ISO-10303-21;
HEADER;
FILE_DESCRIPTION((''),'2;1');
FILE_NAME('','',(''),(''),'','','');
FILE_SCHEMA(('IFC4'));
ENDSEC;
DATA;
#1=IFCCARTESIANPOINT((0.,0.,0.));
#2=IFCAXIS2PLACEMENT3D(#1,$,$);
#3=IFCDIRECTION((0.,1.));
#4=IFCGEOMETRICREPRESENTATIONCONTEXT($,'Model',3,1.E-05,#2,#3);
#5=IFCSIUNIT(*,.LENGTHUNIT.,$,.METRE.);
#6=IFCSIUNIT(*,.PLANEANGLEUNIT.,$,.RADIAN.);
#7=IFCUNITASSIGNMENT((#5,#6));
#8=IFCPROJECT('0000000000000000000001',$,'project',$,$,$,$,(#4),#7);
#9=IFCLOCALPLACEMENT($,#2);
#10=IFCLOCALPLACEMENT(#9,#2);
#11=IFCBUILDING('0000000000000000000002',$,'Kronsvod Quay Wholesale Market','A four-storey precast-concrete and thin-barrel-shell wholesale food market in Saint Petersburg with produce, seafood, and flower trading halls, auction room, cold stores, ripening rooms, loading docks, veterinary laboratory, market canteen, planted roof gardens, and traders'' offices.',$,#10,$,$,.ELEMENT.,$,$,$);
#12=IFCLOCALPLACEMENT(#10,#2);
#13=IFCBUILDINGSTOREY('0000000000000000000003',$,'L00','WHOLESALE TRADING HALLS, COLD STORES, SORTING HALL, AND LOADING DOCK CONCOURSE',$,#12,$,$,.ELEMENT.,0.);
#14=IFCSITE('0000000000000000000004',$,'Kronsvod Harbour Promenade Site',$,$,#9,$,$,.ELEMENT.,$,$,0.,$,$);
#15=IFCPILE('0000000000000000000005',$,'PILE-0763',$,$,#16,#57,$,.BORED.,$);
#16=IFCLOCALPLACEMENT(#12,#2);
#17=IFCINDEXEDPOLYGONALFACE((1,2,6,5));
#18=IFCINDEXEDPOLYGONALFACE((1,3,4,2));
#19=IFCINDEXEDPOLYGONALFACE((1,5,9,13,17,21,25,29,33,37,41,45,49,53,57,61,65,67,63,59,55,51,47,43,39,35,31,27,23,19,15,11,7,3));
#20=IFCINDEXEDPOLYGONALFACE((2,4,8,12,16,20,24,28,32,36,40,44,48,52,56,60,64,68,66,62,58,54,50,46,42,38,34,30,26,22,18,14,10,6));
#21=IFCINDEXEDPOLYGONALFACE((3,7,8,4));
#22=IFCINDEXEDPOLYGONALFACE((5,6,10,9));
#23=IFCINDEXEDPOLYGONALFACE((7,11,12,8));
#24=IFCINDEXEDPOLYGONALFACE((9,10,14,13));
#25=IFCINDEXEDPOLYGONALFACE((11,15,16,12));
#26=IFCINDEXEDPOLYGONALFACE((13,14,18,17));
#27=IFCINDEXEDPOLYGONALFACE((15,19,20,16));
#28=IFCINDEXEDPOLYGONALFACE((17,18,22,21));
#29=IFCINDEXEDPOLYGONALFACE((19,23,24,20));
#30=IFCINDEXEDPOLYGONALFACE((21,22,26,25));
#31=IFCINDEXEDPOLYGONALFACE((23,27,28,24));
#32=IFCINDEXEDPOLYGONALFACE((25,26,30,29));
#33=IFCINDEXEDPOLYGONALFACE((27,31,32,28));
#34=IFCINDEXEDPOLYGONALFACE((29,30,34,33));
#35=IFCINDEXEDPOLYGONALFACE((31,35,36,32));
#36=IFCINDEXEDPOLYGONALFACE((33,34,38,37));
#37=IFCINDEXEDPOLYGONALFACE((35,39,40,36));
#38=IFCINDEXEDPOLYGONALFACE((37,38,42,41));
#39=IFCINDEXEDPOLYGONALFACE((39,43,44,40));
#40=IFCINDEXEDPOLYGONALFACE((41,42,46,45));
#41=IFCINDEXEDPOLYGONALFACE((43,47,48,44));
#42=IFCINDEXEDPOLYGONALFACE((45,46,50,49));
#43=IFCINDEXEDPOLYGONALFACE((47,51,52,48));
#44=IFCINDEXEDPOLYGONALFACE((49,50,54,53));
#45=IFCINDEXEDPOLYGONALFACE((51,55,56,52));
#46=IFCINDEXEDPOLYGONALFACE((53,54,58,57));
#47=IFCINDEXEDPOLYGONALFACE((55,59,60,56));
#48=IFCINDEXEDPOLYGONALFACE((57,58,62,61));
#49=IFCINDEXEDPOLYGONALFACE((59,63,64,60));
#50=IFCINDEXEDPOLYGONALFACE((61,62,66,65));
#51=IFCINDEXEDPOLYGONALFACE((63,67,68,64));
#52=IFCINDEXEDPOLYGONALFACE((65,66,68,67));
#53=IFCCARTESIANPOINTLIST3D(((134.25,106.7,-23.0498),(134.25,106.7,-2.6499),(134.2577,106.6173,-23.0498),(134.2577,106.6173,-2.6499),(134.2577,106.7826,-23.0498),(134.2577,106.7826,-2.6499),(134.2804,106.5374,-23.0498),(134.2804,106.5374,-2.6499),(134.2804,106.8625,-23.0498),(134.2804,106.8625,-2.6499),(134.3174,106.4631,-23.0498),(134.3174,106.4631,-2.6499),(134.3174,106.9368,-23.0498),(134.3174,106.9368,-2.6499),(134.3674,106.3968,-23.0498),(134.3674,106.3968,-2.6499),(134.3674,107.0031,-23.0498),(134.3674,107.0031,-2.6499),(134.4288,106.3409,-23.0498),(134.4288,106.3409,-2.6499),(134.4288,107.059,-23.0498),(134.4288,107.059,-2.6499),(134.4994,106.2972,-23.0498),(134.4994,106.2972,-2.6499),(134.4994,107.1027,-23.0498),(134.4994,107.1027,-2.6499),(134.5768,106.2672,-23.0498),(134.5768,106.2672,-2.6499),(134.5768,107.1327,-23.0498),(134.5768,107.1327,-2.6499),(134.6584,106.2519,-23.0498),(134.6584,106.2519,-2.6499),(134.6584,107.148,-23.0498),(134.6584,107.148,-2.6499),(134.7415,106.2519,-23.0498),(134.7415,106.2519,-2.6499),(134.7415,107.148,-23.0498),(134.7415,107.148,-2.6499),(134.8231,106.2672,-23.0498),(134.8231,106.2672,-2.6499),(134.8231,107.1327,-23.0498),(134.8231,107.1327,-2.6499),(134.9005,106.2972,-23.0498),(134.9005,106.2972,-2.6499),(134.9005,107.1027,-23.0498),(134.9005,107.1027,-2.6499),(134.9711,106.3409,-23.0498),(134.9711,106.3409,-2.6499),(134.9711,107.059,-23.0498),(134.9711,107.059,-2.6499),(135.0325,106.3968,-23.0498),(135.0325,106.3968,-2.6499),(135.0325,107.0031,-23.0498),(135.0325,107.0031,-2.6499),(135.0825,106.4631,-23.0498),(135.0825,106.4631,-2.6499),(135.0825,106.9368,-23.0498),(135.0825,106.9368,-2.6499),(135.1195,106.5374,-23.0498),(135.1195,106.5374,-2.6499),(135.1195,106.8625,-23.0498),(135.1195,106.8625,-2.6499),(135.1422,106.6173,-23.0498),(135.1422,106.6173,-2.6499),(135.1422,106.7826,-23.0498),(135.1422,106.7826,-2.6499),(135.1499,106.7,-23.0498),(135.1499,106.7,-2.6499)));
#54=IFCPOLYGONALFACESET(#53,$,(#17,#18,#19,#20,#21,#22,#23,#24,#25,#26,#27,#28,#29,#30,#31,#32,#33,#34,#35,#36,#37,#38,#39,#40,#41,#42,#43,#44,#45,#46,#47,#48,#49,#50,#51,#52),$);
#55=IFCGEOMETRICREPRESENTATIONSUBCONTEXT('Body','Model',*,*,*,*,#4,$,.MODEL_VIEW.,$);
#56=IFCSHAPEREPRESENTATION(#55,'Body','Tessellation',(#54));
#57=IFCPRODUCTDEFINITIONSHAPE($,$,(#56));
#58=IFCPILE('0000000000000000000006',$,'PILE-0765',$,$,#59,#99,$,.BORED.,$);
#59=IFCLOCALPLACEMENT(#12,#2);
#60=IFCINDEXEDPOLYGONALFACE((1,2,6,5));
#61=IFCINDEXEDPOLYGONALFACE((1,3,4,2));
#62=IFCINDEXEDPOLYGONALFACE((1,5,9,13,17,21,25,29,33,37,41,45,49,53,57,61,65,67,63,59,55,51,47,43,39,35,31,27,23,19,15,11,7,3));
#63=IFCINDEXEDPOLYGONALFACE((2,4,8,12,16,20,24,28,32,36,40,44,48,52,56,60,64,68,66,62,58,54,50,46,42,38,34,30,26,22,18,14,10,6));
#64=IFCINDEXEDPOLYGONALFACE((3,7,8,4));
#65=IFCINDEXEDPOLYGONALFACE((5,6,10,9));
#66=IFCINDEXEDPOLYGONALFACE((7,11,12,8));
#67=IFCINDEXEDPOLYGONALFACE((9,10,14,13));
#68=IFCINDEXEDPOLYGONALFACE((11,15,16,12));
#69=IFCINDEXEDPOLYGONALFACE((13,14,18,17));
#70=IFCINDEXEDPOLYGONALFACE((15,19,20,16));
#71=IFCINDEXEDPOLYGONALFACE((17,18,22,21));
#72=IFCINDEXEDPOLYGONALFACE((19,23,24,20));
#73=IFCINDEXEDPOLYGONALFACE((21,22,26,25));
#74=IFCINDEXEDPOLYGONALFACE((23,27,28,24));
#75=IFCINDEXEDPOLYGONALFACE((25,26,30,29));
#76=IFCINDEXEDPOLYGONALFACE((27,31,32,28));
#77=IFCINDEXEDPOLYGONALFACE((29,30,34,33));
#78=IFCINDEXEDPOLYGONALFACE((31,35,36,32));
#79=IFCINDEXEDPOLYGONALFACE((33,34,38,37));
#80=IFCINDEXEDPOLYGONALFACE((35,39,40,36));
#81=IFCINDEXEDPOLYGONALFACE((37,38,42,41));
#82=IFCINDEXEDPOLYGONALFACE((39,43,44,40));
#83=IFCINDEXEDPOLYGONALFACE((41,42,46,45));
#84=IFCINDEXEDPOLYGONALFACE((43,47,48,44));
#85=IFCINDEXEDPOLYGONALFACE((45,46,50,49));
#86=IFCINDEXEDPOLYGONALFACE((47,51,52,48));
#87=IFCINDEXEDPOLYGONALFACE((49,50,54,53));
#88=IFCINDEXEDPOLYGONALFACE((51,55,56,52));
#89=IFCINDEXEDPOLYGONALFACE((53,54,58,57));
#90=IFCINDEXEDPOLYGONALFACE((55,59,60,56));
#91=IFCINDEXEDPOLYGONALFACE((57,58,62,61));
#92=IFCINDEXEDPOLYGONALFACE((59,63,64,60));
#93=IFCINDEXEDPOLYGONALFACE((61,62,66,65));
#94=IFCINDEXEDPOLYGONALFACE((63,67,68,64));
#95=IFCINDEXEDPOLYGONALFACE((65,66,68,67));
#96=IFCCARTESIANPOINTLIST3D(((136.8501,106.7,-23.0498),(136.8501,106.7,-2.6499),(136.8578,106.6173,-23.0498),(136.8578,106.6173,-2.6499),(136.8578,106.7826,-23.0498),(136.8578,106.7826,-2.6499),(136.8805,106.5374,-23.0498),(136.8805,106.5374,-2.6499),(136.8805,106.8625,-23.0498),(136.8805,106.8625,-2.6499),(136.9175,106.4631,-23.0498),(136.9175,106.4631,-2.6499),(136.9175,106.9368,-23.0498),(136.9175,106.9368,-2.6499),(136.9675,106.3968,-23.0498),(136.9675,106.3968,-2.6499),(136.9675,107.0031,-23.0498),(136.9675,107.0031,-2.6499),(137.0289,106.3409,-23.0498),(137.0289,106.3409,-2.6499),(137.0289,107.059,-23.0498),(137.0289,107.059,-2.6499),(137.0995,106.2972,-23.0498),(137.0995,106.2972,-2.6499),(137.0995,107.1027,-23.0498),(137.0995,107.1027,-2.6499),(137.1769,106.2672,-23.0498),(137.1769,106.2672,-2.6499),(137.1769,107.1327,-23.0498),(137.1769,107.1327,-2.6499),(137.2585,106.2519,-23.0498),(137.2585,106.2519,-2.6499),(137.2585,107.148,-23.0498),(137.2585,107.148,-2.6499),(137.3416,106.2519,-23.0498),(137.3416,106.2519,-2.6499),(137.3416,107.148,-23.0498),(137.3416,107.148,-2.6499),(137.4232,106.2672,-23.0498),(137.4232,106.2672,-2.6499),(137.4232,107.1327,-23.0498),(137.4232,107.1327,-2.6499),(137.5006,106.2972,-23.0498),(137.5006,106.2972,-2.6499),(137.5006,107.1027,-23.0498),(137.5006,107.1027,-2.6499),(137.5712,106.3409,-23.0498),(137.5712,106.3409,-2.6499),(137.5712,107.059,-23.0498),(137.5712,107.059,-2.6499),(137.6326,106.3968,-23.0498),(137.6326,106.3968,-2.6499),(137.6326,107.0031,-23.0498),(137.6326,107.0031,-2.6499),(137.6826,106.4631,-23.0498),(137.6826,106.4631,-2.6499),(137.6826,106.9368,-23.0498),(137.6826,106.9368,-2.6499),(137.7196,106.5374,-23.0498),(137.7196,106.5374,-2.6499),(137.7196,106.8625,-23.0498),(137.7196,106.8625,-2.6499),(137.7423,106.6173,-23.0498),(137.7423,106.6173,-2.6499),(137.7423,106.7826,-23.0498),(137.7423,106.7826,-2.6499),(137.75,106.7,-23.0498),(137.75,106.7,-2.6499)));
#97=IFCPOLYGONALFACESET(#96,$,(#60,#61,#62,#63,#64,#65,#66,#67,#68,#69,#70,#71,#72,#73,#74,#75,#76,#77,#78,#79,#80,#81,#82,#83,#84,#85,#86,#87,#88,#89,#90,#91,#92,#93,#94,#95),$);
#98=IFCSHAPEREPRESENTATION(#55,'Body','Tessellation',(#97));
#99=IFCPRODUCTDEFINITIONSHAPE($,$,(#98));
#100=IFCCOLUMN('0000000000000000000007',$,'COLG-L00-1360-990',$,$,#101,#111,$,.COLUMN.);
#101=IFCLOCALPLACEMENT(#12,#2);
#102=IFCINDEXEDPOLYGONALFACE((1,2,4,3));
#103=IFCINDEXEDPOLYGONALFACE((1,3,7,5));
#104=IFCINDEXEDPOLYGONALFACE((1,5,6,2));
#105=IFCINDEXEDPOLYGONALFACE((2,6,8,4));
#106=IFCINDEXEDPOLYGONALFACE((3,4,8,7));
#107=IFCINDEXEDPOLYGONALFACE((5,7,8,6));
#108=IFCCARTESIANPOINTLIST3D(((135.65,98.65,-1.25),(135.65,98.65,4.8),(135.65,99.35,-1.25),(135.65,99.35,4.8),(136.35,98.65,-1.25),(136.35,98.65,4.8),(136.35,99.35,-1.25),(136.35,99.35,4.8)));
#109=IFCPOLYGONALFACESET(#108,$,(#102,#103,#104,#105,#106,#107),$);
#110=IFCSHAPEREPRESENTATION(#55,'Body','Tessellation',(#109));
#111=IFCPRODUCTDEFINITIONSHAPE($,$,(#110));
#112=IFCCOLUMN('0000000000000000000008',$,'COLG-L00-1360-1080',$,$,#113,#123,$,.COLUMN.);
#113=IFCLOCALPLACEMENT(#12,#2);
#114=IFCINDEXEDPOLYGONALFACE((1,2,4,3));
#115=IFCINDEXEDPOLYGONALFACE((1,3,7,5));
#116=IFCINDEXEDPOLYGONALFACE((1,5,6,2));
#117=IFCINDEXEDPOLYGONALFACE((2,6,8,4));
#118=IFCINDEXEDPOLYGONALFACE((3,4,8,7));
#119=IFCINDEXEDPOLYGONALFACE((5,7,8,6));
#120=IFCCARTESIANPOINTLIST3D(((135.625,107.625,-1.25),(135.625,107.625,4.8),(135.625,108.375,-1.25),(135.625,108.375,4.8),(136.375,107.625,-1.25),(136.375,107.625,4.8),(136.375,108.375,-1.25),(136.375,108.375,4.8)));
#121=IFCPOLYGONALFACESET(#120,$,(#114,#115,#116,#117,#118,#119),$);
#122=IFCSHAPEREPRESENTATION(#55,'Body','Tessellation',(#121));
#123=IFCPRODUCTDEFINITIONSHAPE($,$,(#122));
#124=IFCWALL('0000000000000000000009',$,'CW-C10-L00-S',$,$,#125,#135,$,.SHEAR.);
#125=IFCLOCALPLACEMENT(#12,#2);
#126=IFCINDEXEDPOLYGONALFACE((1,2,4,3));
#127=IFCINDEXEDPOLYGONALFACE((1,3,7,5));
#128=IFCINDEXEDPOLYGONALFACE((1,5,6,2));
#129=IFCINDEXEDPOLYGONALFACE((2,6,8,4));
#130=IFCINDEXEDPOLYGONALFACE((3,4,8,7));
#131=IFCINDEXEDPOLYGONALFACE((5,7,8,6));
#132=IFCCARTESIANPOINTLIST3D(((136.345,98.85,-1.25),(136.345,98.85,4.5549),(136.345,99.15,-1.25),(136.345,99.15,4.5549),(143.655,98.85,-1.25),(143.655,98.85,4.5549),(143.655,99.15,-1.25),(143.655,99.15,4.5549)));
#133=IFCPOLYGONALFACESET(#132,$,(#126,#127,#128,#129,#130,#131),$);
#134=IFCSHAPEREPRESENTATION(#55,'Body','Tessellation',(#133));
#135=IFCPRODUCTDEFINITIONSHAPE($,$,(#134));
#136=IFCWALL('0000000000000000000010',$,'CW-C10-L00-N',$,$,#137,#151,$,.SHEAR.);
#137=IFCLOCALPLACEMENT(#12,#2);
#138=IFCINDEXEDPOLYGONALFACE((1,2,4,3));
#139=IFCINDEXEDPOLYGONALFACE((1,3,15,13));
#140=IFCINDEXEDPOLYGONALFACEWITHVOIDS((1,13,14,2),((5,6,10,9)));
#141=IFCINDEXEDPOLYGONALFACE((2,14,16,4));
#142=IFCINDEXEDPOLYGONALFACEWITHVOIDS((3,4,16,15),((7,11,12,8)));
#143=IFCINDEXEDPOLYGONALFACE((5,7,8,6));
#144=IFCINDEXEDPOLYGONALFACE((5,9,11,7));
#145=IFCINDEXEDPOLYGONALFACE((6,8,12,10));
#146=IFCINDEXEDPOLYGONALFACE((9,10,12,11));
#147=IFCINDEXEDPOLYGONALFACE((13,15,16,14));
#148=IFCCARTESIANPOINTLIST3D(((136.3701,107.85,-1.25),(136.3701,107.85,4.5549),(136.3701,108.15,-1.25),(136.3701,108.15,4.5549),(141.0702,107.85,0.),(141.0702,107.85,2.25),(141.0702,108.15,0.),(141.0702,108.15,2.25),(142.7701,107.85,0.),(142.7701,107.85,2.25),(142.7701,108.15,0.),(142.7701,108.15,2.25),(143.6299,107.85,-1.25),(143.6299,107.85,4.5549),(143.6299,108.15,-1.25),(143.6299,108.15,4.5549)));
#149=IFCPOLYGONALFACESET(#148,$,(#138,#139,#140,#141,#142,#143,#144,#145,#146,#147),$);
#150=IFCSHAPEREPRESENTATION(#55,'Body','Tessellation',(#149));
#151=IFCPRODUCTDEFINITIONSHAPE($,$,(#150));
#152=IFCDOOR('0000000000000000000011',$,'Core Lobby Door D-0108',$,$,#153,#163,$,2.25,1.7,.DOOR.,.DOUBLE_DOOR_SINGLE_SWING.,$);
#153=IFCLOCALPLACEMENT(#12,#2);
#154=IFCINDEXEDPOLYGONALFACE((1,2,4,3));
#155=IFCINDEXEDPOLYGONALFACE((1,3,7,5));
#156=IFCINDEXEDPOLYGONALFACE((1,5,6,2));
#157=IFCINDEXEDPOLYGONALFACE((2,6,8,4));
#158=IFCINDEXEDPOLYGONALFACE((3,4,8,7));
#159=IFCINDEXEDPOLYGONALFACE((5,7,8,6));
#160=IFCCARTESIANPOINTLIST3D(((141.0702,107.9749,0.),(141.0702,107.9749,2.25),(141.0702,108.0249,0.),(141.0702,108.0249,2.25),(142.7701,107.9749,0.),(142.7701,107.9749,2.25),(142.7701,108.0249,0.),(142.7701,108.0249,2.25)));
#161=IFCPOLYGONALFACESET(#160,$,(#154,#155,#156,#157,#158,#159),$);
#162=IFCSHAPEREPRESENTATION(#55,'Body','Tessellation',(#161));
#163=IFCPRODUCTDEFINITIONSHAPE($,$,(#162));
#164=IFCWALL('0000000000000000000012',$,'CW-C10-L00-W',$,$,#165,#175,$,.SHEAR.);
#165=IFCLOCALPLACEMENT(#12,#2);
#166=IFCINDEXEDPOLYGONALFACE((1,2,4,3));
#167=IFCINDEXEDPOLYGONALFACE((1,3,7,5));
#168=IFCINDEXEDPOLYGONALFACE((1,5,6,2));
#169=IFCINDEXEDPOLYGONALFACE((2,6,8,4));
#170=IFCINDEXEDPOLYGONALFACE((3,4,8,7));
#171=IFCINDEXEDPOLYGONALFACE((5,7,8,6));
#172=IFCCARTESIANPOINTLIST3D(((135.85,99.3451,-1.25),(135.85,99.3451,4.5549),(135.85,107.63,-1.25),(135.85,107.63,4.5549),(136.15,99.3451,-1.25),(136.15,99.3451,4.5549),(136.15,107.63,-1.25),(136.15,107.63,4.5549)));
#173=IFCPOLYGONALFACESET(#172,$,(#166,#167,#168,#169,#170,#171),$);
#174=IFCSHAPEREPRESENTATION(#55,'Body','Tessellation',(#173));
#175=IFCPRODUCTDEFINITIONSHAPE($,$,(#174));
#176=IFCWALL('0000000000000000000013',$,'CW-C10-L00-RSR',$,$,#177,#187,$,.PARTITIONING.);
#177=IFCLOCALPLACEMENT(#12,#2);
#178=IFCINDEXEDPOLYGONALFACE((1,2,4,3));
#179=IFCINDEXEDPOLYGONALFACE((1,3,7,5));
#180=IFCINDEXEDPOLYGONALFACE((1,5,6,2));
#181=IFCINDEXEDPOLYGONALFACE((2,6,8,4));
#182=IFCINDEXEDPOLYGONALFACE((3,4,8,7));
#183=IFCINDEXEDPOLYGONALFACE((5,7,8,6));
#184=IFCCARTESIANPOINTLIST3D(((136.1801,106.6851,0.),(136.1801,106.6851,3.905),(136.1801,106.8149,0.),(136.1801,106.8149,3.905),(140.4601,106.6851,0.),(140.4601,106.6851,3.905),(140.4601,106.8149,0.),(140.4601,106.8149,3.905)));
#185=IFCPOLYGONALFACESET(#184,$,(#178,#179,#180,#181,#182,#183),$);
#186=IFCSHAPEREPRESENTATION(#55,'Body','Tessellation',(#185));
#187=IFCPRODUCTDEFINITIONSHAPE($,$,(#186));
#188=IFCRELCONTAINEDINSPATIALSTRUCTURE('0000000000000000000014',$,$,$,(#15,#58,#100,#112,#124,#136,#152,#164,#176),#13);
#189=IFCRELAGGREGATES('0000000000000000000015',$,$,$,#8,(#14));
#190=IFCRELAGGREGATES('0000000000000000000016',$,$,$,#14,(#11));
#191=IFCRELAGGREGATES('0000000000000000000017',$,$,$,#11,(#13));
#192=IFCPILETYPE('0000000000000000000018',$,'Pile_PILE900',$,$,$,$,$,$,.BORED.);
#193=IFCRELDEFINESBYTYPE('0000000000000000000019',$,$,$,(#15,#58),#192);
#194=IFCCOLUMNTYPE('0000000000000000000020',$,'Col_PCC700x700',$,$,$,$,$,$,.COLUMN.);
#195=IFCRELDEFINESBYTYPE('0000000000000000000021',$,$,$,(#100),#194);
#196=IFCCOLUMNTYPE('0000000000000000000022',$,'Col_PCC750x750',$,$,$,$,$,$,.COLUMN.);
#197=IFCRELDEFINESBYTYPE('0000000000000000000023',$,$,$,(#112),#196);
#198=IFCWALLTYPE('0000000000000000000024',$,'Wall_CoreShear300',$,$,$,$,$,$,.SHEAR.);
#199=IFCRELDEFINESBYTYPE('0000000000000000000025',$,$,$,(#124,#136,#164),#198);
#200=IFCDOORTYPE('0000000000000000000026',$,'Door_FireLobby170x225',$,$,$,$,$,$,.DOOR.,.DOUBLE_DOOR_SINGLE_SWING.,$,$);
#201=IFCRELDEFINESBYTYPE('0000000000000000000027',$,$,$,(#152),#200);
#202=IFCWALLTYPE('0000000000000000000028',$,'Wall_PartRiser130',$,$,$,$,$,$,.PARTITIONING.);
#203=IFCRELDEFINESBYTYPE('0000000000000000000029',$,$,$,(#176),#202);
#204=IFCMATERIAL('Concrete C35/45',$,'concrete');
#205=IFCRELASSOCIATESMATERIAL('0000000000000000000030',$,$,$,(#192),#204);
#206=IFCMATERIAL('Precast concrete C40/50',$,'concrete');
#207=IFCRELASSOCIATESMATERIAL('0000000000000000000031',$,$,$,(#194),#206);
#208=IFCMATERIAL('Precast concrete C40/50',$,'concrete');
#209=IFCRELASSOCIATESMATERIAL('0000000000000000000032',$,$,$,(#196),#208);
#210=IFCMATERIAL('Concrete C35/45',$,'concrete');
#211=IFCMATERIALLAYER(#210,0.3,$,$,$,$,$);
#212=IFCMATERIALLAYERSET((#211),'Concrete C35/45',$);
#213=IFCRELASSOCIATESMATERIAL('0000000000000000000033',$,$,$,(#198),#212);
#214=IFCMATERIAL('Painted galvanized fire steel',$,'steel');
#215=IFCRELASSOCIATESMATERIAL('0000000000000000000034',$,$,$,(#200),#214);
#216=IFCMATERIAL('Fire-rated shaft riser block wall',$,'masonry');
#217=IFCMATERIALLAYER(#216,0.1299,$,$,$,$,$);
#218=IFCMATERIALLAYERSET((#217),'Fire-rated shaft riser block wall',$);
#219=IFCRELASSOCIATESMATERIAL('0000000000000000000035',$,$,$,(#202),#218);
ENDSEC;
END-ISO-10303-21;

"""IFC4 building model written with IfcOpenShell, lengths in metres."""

from ifc_helpers import new_model, si_unit, direction, frame, frame_2d, origin, origin_2d, place, context, subcontext, project, spatial, rectangle, circle, extrude, material, layer, layer_set, material_profile, profile_set, type_object, element, fill, save


model = new_model("IFC4")

# Units and contexts
model_context = context("Model", 3, precision=1e-05, world=origin(), true_north=direction((0.0, 1.0)))
body_context = subcontext(model_context, "Body", "Model", "MODEL_VIEW")
ifc_project = project(units=[si_unit("LENGTHUNIT", "METRE"), si_unit("PLANEANGLEUNIT", "RADIAN")], contexts=[model_context])

# Site, building, storey
site_placement = place(None, origin())
site = spatial("IfcSite", under=ifc_project, at=site_placement, Name="Kronsvod Harbour Promenade Site", CompositionType="ELEMENT", RefElevation=0.0)
building_placement = place(site_placement, origin())
building = spatial("IfcBuilding", under=site, at=building_placement, Name="Kronsvod Quay Wholesale Market", Description="A four-storey precast-concrete and thin-barrel-shell wholesale food market in Saint Petersburg with produce, seafood, and flower trading halls, auction room, cold stores, ripening rooms, loading docks, veterinary laboratory, market canteen, planted roof gardens, and traders' offices.", CompositionType="ELEMENT")
storey_placement = place(building_placement, origin())
storey = spatial("IfcBuildingStorey", under=building, at=storey_placement, Name="L00", Description="WHOLESALE TRADING HALLS, COLD STORES, SORTING HALL, AND LOADING DOCK CONCOURSE", CompositionType="ELEMENT", Elevation=0.0)

# Piles
ifc_material_1 = material(Name="Concrete C35/45", Category="concrete")
ifc_material_profile_1 = material_profile(ifc_material_1, circle(Radius=0.45, at=origin_2d()), Name="PILE900")
ifc_profile_set_1 = profile_set([ifc_material_profile_1], Name="Concrete C35/45")
pile_type = type_object("IfcPileType", Name="Pile_PILE900", PredefinedType="BORED", material=ifc_profile_set_1)
for number, where, z_axis, x_axis, name in (
    (1, (134.7, 106.7, -2.6499), (0.0, 0.0, -1.0), (1.0, 0.0, 0.0), "PILE-0763"),
    (2, (137.3, 106.7, -2.6499), (0.0, 0.0, -1.0), (1.0, 0.0, 0.0), "PILE-0765"),
):
    element("IfcPile", number, at=place(storey_placement, frame(where, z_axis=z_axis, x_axis=x_axis)), inside=storey, type_object=pile_type, Name=name, PredefinedType="BORED", context=body_context, shape_type="SweptSolid", body=[
        extrude(circle(Radius=0.45, at=origin_2d()), origin(), (0.0, 0.0, 1.0), 20.3999),
    ])

# Columns
ifc_material_2 = material(Name="Precast concrete C40/50", Category="concrete")
ifc_material_profile_2 = material_profile(ifc_material_2, rectangle(XDim=0.7, YDim=0.7, at=origin_2d()), Name="PCC700x700")
ifc_profile_set_2 = profile_set([ifc_material_profile_2], Name="Precast concrete C40/50")
column_type_1 = type_object("IfcColumnType", Name="Col_PCC700x700", PredefinedType="COLUMN", material=ifc_profile_set_2)
column_1_placement = place(storey_placement, frame((136.0, 99.0, -1.25), z_axis=(0.0, 0.0, 1.0), x_axis=(1.0, 0.0, 0.0)))
element("IfcColumn", 3, at=column_1_placement, inside=storey, type_object=column_type_1, Name="COLG-L00-1360-990", PredefinedType="COLUMN", context=body_context, shape_type="SweptSolid", body=[
    extrude(rectangle(XDim=0.7, YDim=0.7, at=origin_2d()), origin(), (0.0, 0.0, 1.0), 6.05),
])
ifc_material_3 = material(Name="Precast concrete C40/50", Category="concrete")
ifc_material_profile_3 = material_profile(ifc_material_3, rectangle(XDim=0.75, YDim=0.75, at=origin_2d()), Name="COL-07")
ifc_profile_set_3 = profile_set([ifc_material_profile_3], Name="Precast concrete C40/50")
column_type_2 = type_object("IfcColumnType", Name="Col_PCC750x750", PredefinedType="COLUMN", material=ifc_profile_set_3)
column_2_placement = place(storey_placement, frame((136.0, 108.0, -1.25), z_axis=(0.0, 0.0, 1.0), x_axis=(1.0, 0.0, 0.0)))
element("IfcColumn", 4, at=column_2_placement, inside=storey, type_object=column_type_2, Name="COLG-L00-1360-1080", PredefinedType="COLUMN", context=body_context, shape_type="SweptSolid", body=[
    extrude(rectangle(XDim=0.75, YDim=0.75, at=origin_2d()), origin(), (0.0, 0.0, 1.0), 6.05),
])

# Wall
ifc_material_4 = material(Name="Concrete C35/45", Category="concrete")
ifc_layer_1 = layer(ifc_material_4, 0.3)
ifc_layer_set_1 = layer_set([ifc_layer_1], Name="Concrete C35/45")
wall_type_1 = type_object("IfcWallType", Name="Wall_CoreShear300", PredefinedType="SHEAR", material=ifc_layer_set_1)
wall_1_placement = place(storey_placement, frame((136.345, 99.0, -1.25), z_axis=(0.0, 0.0, 1.0), x_axis=(1.0, 0.0, 0.0)))
element("IfcWall", 5, at=wall_1_placement, inside=storey, type_object=wall_type_1, Name="CW-C10-L00-S", PredefinedType="SHEAR", context=body_context, shape_type="SweptSolid", body=[
    extrude(rectangle(XDim=7.3101, YDim=0.3, at=frame_2d((3.655, 0.0))), origin(), (0.0, 0.0, 1.0), 5.8049),
])

# Wall, opening, door
wall_2_placement = place(storey_placement, frame((136.3701, 108.0, -1.25), z_axis=(0.0, 0.0, 1.0), x_axis=(1.0, 0.0, 0.0)))
wall_2 = element("IfcWall", 6, at=wall_2_placement, inside=storey, type_object=wall_type_1, Name="CW-C10-L00-N", PredefinedType="SHEAR", context=body_context, shape_type="SweptSolid", body=[
    extrude(rectangle(XDim=7.2598, YDim=0.3, at=frame_2d((3.6299, 0.0))), origin(), (0.0, 0.0, 1.0), 5.8049),
])
opening_1_placement = place(wall_2_placement, frame((4.7, 0.0, 1.25)))
opening_1 = element("IfcOpeningElement", 7, at=opening_1_placement, cuts=wall_2, PredefinedType="OPENING", context=body_context, shape_type="SweptSolid", body=[
    extrude(rectangle(XDim=1.7, YDim=2.25, at=frame_2d((0.8501, 1.125))), frame((0.0, 0.1602, 0.0), z_axis=(0.0, -1.0, 0.0), x_axis=(1.0, 0.0, 0.0)), (0.0, 0.0, 1.0), 0.3201),
])
ifc_material_5 = material(Name="Painted galvanized fire steel", Category="steel")
door_type_1 = type_object("IfcDoorType", Name="Door_FireLobby170x225", OperationType="DOUBLE_DOOR_SINGLE_SWING", PredefinedType="DOOR", material=ifc_material_5)
door_1_placement = place(opening_1_placement, origin())
door_1 = element("IfcDoor", 8, at=door_1_placement, inside=storey, type_object=door_type_1, Name="Core Lobby Door D-0108", OperationType="DOUBLE_DOOR_SINGLE_SWING", OverallHeight=2.25, OverallWidth=1.7, PredefinedType="DOOR", context=body_context, shape_type="SweptSolid", body=[
    extrude(rectangle(XDim=1.7, YDim=2.25, at=frame_2d((0.8501, 1.125))), frame((0.0, 0.0249, 0.0), z_axis=(0.0, -1.0, 0.0), x_axis=(1.0, 0.0, 0.0)), (0.0, 0.0, 1.0), 0.05),
])
fill(opening_1, door_1)

# Walls
wall_3_placement = place(storey_placement, frame((136.0, 99.345, -1.25), z_axis=(0.0, 0.0, 1.0), x_axis=(0.0, 1.0, 0.0)))
element("IfcWall", 9, at=wall_3_placement, inside=storey, type_object=wall_type_1, Name="CW-C10-L00-W", PredefinedType="SHEAR", context=body_context, shape_type="SweptSolid", body=[
    extrude(rectangle(XDim=8.2849, YDim=0.3, at=frame_2d((4.1426, 0.0))), origin(), (0.0, 0.0, 1.0), 5.8049),
])
ifc_material_6 = material(Name="Fire-rated shaft riser block wall", Category="masonry")
ifc_layer_2 = layer(ifc_material_6, 0.1299)
ifc_layer_set_2 = layer_set([ifc_layer_2], Name="Fire-rated shaft riser block wall")
wall_type_2 = type_object("IfcWallType", Name="Wall_PartRiser130", PredefinedType="PARTITIONING", material=ifc_layer_set_2)
wall_4_placement = place(storey_placement, frame((136.1799, 106.75, 0.0), z_axis=(0.0, 0.0, 1.0), x_axis=(1.0, 0.0, 0.0)))
element("IfcWall", 10, at=wall_4_placement, inside=storey, type_object=wall_type_2, Name="CW-C10-L00-RSR", PredefinedType="PARTITIONING", context=body_context, shape_type="SweptSolid", body=[
    extrude(rectangle(XDim=4.28, YDim=0.1299, at=frame_2d((2.1401, 0.0))), origin(), (0.0, 0.0, 1.0), 3.905),
])

save(model, "model.ifc")
